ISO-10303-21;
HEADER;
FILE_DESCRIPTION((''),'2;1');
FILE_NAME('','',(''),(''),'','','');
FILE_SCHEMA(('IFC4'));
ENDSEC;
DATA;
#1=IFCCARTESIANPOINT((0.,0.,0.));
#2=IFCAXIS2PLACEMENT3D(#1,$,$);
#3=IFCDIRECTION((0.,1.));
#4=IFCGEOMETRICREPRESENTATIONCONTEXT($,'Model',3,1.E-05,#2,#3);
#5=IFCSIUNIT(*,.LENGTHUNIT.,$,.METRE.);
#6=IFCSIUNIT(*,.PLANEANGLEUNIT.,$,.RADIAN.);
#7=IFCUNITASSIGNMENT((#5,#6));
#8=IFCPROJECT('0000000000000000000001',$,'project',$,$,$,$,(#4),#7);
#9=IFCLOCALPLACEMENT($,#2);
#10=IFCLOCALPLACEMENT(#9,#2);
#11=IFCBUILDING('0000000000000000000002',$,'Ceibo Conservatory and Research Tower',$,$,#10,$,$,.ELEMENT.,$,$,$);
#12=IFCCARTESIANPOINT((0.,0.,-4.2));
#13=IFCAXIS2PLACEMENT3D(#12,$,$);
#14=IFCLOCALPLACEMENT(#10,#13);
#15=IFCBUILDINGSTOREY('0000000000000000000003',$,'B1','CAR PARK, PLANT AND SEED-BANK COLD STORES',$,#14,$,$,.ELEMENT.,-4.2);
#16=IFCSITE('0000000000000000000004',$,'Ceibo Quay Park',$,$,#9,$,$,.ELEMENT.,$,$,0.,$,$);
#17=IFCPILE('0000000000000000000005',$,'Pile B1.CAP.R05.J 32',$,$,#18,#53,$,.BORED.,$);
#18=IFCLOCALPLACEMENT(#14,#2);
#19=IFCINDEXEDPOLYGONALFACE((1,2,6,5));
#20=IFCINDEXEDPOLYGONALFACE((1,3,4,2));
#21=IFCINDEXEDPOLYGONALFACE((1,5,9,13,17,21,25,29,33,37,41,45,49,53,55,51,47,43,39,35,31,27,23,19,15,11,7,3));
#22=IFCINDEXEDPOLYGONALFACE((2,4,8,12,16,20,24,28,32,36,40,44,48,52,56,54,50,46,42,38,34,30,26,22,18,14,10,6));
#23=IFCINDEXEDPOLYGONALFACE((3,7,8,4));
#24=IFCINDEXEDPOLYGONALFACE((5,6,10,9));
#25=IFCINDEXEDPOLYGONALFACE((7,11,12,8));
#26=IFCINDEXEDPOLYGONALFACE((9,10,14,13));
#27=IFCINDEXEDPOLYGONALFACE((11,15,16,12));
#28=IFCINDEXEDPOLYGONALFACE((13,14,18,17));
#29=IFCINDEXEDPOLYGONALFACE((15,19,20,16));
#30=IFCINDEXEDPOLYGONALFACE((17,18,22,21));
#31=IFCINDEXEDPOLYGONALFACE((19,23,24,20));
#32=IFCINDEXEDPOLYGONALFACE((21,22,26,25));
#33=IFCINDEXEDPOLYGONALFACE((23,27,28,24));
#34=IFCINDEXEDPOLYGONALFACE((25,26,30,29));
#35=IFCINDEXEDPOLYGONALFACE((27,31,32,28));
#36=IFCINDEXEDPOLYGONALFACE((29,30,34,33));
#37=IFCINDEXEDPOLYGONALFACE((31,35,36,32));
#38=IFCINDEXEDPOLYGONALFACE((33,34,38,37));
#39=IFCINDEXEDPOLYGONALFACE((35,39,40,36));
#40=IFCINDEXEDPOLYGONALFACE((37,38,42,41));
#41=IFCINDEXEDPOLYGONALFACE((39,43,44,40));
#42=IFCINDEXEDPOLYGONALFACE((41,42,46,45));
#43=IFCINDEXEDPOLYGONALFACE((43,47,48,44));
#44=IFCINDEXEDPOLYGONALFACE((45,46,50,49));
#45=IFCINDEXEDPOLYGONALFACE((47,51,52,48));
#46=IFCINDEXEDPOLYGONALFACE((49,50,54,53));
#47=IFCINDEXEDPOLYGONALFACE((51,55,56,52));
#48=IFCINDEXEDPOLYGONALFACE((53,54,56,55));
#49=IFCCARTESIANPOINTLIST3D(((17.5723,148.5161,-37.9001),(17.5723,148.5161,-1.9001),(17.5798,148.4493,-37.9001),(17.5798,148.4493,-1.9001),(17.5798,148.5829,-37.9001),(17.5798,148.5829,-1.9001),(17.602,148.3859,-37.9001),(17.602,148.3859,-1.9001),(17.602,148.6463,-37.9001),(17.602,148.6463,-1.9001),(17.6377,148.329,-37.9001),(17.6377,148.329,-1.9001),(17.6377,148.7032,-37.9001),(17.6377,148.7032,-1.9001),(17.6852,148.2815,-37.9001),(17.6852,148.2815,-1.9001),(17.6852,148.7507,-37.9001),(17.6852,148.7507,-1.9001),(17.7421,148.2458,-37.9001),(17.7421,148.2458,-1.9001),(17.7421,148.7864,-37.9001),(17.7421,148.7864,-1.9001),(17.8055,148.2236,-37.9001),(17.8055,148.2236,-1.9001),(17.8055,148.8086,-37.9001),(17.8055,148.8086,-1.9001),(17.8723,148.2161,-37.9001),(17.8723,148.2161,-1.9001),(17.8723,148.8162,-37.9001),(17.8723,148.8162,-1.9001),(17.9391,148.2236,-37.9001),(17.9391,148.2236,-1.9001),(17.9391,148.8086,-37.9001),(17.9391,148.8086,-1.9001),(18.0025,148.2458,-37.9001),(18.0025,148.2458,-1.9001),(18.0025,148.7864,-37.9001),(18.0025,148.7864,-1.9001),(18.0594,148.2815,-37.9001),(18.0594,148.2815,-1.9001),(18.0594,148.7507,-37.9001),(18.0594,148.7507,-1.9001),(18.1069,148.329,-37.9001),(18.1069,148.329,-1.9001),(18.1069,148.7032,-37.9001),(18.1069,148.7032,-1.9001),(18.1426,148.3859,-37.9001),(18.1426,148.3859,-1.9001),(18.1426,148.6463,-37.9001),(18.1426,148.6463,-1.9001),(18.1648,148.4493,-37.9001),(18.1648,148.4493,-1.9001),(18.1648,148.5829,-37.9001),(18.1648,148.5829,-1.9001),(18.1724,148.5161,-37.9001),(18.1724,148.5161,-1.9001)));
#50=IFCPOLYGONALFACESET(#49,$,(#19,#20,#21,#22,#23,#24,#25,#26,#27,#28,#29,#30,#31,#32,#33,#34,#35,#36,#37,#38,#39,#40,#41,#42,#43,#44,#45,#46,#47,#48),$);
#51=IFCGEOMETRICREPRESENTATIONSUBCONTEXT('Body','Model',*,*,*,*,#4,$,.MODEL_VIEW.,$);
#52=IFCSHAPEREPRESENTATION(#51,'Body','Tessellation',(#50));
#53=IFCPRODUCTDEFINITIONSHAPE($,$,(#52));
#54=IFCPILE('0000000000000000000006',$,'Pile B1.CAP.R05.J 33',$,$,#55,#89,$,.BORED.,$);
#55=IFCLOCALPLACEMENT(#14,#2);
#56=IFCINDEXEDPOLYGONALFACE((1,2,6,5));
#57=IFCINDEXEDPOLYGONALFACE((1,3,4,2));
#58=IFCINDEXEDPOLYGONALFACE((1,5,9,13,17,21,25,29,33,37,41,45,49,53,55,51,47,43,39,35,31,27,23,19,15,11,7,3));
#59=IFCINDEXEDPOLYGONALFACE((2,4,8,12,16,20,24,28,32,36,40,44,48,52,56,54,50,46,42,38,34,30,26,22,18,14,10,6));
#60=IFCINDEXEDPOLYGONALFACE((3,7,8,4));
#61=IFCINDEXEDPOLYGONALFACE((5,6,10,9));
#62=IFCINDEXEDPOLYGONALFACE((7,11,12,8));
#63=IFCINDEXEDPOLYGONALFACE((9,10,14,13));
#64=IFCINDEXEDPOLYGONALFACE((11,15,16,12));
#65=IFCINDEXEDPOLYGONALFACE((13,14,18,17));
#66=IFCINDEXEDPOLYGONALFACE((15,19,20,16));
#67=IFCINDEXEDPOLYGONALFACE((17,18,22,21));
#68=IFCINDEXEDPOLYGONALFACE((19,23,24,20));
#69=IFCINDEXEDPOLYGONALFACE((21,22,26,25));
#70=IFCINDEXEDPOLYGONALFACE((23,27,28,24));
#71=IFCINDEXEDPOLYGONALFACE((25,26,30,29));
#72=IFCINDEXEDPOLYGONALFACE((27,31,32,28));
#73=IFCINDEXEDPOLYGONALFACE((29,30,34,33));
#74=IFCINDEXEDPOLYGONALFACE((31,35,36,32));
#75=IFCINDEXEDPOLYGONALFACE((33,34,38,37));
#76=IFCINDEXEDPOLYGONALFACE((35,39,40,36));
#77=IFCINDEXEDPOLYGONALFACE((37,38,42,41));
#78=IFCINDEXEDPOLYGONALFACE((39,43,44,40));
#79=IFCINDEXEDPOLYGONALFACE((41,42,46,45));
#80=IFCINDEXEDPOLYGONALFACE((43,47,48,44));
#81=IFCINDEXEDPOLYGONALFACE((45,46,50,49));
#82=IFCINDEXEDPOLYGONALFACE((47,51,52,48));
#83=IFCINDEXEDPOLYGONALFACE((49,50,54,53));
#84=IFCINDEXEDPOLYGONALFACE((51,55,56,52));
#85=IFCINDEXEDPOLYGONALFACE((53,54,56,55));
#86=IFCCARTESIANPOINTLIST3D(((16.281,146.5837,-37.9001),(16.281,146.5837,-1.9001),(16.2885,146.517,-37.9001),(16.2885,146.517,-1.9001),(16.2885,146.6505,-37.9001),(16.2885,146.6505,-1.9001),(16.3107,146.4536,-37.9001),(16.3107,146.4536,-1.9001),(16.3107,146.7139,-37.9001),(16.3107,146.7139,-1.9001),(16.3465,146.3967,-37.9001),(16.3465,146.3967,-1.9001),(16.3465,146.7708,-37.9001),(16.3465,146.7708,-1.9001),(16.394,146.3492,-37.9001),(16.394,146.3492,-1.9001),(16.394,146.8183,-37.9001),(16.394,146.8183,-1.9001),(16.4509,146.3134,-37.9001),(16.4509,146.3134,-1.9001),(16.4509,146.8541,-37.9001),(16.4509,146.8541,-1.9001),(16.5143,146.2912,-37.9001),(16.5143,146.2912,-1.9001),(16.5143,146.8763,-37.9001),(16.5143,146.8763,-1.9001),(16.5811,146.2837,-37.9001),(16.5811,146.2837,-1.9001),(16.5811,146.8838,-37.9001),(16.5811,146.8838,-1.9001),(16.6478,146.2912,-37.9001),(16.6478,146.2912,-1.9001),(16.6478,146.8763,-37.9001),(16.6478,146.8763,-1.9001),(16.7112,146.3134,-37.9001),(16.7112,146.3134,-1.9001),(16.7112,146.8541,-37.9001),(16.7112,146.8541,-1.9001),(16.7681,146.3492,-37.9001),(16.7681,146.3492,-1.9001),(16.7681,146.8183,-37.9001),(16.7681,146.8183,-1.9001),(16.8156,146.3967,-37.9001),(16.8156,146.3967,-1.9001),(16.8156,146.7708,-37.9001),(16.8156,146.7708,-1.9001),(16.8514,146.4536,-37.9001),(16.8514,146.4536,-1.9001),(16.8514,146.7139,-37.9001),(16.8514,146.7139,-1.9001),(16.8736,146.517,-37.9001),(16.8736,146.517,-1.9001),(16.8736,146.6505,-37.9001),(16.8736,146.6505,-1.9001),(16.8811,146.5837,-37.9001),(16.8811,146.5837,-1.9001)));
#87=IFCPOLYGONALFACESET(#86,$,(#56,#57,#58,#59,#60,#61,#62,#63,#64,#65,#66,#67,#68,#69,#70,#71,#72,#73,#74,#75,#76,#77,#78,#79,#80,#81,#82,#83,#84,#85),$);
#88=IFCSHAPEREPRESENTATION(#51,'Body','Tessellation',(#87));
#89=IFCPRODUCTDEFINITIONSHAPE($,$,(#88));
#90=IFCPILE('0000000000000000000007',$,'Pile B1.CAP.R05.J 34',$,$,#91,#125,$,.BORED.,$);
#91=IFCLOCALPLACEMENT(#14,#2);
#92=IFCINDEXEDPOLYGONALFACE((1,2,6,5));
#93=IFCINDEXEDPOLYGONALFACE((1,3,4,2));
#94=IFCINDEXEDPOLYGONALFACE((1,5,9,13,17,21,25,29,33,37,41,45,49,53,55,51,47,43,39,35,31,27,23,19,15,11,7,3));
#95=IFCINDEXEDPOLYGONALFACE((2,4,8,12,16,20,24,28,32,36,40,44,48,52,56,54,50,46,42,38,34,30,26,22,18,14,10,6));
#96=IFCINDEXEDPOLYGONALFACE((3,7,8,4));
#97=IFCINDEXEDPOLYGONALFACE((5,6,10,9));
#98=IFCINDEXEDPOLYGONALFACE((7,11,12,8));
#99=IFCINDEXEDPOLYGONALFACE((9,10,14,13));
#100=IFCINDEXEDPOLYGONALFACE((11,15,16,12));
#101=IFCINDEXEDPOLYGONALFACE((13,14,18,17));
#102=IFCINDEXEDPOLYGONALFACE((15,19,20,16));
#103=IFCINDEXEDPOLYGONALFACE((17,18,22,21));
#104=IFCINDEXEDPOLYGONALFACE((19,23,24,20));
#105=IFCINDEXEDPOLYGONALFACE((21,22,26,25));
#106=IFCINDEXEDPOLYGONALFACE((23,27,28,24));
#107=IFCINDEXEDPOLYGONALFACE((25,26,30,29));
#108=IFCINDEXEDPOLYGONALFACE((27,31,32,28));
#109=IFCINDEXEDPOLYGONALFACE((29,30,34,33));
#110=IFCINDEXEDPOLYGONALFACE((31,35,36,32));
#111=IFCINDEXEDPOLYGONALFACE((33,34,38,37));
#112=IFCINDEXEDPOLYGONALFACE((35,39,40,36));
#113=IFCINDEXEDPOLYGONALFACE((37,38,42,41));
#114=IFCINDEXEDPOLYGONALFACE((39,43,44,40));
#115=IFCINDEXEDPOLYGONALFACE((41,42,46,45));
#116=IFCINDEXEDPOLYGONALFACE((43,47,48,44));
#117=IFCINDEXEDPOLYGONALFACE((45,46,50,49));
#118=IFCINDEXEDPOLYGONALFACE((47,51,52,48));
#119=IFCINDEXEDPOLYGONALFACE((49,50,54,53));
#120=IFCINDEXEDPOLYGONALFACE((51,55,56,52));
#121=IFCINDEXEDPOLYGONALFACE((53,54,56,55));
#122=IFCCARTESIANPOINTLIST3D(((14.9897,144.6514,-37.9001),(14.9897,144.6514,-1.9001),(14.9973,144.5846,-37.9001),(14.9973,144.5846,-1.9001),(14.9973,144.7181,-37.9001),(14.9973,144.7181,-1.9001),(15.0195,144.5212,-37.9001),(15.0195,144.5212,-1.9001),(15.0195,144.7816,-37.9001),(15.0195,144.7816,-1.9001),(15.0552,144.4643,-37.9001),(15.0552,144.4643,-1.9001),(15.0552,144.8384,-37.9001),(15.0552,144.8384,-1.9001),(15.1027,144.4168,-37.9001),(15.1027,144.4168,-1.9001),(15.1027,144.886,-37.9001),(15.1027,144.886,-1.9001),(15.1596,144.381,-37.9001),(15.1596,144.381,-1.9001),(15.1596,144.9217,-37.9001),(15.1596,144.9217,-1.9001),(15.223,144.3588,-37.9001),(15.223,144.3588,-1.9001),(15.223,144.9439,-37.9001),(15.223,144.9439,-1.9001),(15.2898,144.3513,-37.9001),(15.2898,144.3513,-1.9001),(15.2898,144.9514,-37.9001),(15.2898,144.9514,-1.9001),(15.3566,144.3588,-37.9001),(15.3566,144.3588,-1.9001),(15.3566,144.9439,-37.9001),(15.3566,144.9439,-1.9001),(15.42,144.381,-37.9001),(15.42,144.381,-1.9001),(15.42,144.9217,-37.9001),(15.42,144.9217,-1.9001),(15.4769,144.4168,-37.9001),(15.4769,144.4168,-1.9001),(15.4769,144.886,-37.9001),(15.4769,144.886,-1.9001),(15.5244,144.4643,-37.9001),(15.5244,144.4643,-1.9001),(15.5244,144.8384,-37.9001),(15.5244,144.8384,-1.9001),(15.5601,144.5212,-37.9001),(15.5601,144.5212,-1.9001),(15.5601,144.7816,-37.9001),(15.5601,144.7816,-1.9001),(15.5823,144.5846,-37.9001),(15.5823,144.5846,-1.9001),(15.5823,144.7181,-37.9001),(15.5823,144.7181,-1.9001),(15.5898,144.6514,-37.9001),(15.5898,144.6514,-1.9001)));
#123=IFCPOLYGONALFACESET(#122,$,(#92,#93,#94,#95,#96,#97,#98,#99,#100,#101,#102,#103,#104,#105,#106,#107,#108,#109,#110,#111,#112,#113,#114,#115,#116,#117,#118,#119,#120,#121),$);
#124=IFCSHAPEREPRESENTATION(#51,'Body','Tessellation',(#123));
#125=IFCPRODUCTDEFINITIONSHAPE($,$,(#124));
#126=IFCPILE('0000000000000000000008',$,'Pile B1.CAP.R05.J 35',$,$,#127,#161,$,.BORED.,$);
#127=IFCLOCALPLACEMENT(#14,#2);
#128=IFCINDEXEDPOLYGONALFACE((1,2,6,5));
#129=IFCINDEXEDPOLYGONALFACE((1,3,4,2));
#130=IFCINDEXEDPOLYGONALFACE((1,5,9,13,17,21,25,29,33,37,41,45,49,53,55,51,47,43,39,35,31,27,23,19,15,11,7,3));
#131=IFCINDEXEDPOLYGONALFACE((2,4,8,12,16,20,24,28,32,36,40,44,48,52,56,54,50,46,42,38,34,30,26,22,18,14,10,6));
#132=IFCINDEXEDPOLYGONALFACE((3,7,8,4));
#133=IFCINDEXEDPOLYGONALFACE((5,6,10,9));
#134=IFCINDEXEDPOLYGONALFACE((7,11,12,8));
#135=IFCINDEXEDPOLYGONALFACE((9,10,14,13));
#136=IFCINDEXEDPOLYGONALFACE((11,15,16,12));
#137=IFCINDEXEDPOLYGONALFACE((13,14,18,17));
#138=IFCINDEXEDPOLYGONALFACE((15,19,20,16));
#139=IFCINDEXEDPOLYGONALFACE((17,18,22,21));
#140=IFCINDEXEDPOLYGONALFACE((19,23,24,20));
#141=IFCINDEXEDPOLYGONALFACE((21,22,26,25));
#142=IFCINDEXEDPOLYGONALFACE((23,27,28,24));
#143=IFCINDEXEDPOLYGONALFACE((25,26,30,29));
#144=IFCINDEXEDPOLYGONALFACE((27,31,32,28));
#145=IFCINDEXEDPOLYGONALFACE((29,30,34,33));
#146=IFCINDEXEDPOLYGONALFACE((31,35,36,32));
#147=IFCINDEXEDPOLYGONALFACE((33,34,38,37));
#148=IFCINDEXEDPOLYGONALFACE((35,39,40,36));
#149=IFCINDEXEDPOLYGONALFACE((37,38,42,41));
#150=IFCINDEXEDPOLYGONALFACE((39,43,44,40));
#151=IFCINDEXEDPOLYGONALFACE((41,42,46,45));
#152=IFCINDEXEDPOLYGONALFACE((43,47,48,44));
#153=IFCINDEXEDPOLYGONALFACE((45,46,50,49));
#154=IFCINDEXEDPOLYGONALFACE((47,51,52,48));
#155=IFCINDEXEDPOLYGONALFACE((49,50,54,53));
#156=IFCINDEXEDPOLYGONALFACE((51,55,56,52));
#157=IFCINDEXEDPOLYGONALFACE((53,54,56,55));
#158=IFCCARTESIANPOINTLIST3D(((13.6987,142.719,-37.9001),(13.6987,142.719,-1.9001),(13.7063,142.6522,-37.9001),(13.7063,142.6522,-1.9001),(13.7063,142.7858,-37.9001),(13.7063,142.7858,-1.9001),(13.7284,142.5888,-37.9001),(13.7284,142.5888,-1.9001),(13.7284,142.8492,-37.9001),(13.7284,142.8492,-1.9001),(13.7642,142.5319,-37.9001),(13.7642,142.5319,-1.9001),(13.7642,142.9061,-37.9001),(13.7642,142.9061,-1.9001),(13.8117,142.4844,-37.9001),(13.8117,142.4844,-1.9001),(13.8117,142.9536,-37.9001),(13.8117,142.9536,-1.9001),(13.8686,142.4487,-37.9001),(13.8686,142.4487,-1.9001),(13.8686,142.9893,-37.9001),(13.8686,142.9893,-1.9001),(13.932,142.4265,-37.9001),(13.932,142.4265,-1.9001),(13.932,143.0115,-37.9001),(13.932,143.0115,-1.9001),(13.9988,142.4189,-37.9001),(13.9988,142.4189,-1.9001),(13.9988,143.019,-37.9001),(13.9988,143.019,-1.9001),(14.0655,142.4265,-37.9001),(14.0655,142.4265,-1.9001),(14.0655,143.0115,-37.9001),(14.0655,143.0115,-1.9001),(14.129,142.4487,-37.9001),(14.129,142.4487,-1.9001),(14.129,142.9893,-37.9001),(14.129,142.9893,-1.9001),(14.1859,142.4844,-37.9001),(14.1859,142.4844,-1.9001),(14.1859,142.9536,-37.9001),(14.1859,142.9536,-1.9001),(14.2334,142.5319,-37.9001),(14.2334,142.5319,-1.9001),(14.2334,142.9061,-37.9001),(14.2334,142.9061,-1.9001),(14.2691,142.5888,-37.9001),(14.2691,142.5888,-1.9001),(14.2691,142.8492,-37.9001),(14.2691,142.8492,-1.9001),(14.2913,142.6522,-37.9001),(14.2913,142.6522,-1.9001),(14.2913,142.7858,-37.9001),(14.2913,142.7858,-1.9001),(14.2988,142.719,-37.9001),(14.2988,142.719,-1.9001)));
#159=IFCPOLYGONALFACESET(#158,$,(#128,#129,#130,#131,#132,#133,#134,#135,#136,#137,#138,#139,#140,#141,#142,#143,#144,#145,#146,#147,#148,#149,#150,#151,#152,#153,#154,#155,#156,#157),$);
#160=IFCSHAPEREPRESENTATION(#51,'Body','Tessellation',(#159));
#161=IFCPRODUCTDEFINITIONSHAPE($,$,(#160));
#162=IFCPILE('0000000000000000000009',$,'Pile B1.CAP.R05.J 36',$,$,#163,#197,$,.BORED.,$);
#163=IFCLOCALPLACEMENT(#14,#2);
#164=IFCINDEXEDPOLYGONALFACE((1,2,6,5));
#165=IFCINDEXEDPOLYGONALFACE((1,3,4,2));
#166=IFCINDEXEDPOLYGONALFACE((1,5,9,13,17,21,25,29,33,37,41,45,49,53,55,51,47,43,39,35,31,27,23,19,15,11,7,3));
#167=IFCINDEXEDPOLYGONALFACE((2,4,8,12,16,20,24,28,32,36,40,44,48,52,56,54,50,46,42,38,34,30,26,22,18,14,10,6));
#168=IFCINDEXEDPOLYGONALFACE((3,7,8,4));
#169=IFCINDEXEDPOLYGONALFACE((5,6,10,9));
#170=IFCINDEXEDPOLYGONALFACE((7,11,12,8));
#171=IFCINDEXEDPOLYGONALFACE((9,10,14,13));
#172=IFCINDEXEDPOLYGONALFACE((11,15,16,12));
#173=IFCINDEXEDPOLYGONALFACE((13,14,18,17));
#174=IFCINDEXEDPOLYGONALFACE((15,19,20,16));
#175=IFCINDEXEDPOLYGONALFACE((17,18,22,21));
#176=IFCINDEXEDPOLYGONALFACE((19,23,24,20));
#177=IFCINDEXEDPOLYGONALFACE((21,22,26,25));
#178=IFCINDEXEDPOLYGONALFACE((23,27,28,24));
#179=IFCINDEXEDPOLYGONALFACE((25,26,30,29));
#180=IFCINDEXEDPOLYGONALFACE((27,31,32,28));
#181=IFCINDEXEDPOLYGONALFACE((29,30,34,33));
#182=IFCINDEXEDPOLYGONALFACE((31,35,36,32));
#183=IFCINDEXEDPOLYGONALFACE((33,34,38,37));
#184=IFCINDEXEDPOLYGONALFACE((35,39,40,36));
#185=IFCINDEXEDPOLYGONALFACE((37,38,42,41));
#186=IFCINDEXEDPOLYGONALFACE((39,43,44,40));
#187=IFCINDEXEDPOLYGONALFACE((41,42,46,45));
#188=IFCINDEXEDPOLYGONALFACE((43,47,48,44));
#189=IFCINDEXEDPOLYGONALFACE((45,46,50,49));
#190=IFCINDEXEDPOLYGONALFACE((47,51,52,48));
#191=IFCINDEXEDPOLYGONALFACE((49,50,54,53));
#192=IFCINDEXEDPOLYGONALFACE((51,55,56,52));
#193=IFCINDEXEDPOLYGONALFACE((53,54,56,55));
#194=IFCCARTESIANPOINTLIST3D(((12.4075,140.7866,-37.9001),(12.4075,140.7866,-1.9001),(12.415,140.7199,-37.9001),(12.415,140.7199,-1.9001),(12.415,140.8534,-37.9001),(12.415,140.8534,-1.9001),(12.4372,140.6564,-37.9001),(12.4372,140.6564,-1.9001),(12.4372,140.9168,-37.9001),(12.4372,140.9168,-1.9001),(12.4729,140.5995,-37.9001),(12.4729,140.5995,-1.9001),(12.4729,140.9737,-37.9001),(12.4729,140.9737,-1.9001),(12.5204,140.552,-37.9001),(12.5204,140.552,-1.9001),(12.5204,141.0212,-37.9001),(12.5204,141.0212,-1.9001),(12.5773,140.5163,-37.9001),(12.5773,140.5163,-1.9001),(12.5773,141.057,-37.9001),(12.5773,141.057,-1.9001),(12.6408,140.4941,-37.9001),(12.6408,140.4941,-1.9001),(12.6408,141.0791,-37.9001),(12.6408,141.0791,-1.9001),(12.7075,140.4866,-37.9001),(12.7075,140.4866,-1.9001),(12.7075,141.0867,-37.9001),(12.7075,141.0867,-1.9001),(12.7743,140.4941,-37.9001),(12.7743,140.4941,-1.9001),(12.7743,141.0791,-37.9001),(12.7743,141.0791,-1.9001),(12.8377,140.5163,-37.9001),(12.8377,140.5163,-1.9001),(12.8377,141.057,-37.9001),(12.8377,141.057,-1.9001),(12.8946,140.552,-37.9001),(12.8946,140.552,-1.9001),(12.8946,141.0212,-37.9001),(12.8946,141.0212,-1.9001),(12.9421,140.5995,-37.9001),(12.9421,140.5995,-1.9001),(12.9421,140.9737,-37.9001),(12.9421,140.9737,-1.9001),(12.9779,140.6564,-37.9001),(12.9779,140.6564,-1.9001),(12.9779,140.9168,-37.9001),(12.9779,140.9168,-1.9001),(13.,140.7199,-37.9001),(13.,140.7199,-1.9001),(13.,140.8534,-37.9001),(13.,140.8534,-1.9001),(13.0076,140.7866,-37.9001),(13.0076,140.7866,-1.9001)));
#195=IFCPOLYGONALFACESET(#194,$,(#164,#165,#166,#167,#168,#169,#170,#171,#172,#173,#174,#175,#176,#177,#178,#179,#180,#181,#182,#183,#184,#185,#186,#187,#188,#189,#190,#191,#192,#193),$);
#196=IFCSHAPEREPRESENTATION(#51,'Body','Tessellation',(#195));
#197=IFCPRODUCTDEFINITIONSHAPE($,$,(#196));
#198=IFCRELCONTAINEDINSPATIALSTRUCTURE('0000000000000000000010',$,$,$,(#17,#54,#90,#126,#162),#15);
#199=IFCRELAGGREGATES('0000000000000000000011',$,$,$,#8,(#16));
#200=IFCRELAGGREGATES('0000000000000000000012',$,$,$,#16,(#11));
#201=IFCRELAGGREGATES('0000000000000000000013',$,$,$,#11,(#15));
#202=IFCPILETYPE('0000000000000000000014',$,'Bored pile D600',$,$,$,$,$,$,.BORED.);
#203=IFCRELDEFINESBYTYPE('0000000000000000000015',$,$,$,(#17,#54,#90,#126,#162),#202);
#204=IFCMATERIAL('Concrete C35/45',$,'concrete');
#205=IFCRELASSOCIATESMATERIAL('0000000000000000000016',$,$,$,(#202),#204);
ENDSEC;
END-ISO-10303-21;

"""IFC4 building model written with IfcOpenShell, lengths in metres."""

from ifc_helpers import new_model, si_unit, direction, frame, origin, origin_2d, place, context, subcontext, project, spatial, circle, extrude, material, material_profile, profile_set, type_object, element, save


model = new_model("IFC4")

# Units and contexts
model_context = context("Model", 3, precision=1e-05, world=origin(), true_north=direction((0.0, 1.0)))
body_context = subcontext(model_context, "Body", "Model", "MODEL_VIEW")
ifc_project = project(units=[si_unit("LENGTHUNIT", "METRE"), si_unit("PLANEANGLEUNIT", "RADIAN")], contexts=[model_context])

# Site, building, storey
site_placement = place(None, origin())
site = spatial("IfcSite", under=ifc_project, at=site_placement, Name="Ceibo Quay Park", CompositionType="ELEMENT", RefElevation=0.0)
building_placement = place(site_placement, origin())
building = spatial("IfcBuilding", under=site, at=building_placement, Name="Ceibo Conservatory and Research Tower", CompositionType="ELEMENT")
storey_placement = place(building_placement, frame((0.0, 0.0, -4.2)))
storey = spatial("IfcBuildingStorey", under=building, at=storey_placement, Name="B1", Description="CAR PARK, PLANT AND SEED-BANK COLD STORES", CompositionType="ELEMENT", Elevation=-4.2)

# Piles
ifc_material_1 = material(Name="Concrete C35/45", Category="concrete")
ifc_material_profile_1 = material_profile(ifc_material_1, circle(Radius=0.3, at=origin_2d()), Name="RC D600")
ifc_profile_set_1 = profile_set([ifc_material_profile_1], Name="Concrete C35/45")
pile_type_1 = type_object("IfcPileType", Name="Bored pile D600", PredefinedType="BORED", material=ifc_profile_set_1)
for number, where, z_axis, x_axis, name in (
    (1, (17.8723, 148.5161, -1.9001), (0.0, 0.0, -1.0), (1.0, 0.0, 0.0), "Pile B1.CAP.R05.J 32"),
    (2, (16.5811, 146.5837, -1.9001), (0.0, 0.0, -1.0), (1.0, 0.0, 0.0), "Pile B1.CAP.R05.J 33"),
    (3, (15.2898, 144.6514, -1.9001), (0.0, 0.0, -1.0), (1.0, 0.0, 0.0), "Pile B1.CAP.R05.J 34"),
    (4, (13.9988, 142.719, -1.9001), (0.0, 0.0, -1.0), (1.0, 0.0, 0.0), "Pile B1.CAP.R05.J 35"),
    (5, (12.7075, 140.7866, -1.9001), (0.0, 0.0, -1.0), (1.0, 0.0, 0.0), "Pile B1.CAP.R05.J 36"),
):
    element("IfcPile", number, at=place(storey_placement, frame(where, z_axis=z_axis, x_axis=x_axis)), inside=storey, type_object=pile_type_1, Name=name, PredefinedType="BORED", context=body_context, shape_type="SweptSolid", body=[
        extrude(circle(Radius=0.3, at=origin_2d()), origin(), (0.0, 0.0, 1.0), 36.0),
    ])

save(model, "model.ifc")
